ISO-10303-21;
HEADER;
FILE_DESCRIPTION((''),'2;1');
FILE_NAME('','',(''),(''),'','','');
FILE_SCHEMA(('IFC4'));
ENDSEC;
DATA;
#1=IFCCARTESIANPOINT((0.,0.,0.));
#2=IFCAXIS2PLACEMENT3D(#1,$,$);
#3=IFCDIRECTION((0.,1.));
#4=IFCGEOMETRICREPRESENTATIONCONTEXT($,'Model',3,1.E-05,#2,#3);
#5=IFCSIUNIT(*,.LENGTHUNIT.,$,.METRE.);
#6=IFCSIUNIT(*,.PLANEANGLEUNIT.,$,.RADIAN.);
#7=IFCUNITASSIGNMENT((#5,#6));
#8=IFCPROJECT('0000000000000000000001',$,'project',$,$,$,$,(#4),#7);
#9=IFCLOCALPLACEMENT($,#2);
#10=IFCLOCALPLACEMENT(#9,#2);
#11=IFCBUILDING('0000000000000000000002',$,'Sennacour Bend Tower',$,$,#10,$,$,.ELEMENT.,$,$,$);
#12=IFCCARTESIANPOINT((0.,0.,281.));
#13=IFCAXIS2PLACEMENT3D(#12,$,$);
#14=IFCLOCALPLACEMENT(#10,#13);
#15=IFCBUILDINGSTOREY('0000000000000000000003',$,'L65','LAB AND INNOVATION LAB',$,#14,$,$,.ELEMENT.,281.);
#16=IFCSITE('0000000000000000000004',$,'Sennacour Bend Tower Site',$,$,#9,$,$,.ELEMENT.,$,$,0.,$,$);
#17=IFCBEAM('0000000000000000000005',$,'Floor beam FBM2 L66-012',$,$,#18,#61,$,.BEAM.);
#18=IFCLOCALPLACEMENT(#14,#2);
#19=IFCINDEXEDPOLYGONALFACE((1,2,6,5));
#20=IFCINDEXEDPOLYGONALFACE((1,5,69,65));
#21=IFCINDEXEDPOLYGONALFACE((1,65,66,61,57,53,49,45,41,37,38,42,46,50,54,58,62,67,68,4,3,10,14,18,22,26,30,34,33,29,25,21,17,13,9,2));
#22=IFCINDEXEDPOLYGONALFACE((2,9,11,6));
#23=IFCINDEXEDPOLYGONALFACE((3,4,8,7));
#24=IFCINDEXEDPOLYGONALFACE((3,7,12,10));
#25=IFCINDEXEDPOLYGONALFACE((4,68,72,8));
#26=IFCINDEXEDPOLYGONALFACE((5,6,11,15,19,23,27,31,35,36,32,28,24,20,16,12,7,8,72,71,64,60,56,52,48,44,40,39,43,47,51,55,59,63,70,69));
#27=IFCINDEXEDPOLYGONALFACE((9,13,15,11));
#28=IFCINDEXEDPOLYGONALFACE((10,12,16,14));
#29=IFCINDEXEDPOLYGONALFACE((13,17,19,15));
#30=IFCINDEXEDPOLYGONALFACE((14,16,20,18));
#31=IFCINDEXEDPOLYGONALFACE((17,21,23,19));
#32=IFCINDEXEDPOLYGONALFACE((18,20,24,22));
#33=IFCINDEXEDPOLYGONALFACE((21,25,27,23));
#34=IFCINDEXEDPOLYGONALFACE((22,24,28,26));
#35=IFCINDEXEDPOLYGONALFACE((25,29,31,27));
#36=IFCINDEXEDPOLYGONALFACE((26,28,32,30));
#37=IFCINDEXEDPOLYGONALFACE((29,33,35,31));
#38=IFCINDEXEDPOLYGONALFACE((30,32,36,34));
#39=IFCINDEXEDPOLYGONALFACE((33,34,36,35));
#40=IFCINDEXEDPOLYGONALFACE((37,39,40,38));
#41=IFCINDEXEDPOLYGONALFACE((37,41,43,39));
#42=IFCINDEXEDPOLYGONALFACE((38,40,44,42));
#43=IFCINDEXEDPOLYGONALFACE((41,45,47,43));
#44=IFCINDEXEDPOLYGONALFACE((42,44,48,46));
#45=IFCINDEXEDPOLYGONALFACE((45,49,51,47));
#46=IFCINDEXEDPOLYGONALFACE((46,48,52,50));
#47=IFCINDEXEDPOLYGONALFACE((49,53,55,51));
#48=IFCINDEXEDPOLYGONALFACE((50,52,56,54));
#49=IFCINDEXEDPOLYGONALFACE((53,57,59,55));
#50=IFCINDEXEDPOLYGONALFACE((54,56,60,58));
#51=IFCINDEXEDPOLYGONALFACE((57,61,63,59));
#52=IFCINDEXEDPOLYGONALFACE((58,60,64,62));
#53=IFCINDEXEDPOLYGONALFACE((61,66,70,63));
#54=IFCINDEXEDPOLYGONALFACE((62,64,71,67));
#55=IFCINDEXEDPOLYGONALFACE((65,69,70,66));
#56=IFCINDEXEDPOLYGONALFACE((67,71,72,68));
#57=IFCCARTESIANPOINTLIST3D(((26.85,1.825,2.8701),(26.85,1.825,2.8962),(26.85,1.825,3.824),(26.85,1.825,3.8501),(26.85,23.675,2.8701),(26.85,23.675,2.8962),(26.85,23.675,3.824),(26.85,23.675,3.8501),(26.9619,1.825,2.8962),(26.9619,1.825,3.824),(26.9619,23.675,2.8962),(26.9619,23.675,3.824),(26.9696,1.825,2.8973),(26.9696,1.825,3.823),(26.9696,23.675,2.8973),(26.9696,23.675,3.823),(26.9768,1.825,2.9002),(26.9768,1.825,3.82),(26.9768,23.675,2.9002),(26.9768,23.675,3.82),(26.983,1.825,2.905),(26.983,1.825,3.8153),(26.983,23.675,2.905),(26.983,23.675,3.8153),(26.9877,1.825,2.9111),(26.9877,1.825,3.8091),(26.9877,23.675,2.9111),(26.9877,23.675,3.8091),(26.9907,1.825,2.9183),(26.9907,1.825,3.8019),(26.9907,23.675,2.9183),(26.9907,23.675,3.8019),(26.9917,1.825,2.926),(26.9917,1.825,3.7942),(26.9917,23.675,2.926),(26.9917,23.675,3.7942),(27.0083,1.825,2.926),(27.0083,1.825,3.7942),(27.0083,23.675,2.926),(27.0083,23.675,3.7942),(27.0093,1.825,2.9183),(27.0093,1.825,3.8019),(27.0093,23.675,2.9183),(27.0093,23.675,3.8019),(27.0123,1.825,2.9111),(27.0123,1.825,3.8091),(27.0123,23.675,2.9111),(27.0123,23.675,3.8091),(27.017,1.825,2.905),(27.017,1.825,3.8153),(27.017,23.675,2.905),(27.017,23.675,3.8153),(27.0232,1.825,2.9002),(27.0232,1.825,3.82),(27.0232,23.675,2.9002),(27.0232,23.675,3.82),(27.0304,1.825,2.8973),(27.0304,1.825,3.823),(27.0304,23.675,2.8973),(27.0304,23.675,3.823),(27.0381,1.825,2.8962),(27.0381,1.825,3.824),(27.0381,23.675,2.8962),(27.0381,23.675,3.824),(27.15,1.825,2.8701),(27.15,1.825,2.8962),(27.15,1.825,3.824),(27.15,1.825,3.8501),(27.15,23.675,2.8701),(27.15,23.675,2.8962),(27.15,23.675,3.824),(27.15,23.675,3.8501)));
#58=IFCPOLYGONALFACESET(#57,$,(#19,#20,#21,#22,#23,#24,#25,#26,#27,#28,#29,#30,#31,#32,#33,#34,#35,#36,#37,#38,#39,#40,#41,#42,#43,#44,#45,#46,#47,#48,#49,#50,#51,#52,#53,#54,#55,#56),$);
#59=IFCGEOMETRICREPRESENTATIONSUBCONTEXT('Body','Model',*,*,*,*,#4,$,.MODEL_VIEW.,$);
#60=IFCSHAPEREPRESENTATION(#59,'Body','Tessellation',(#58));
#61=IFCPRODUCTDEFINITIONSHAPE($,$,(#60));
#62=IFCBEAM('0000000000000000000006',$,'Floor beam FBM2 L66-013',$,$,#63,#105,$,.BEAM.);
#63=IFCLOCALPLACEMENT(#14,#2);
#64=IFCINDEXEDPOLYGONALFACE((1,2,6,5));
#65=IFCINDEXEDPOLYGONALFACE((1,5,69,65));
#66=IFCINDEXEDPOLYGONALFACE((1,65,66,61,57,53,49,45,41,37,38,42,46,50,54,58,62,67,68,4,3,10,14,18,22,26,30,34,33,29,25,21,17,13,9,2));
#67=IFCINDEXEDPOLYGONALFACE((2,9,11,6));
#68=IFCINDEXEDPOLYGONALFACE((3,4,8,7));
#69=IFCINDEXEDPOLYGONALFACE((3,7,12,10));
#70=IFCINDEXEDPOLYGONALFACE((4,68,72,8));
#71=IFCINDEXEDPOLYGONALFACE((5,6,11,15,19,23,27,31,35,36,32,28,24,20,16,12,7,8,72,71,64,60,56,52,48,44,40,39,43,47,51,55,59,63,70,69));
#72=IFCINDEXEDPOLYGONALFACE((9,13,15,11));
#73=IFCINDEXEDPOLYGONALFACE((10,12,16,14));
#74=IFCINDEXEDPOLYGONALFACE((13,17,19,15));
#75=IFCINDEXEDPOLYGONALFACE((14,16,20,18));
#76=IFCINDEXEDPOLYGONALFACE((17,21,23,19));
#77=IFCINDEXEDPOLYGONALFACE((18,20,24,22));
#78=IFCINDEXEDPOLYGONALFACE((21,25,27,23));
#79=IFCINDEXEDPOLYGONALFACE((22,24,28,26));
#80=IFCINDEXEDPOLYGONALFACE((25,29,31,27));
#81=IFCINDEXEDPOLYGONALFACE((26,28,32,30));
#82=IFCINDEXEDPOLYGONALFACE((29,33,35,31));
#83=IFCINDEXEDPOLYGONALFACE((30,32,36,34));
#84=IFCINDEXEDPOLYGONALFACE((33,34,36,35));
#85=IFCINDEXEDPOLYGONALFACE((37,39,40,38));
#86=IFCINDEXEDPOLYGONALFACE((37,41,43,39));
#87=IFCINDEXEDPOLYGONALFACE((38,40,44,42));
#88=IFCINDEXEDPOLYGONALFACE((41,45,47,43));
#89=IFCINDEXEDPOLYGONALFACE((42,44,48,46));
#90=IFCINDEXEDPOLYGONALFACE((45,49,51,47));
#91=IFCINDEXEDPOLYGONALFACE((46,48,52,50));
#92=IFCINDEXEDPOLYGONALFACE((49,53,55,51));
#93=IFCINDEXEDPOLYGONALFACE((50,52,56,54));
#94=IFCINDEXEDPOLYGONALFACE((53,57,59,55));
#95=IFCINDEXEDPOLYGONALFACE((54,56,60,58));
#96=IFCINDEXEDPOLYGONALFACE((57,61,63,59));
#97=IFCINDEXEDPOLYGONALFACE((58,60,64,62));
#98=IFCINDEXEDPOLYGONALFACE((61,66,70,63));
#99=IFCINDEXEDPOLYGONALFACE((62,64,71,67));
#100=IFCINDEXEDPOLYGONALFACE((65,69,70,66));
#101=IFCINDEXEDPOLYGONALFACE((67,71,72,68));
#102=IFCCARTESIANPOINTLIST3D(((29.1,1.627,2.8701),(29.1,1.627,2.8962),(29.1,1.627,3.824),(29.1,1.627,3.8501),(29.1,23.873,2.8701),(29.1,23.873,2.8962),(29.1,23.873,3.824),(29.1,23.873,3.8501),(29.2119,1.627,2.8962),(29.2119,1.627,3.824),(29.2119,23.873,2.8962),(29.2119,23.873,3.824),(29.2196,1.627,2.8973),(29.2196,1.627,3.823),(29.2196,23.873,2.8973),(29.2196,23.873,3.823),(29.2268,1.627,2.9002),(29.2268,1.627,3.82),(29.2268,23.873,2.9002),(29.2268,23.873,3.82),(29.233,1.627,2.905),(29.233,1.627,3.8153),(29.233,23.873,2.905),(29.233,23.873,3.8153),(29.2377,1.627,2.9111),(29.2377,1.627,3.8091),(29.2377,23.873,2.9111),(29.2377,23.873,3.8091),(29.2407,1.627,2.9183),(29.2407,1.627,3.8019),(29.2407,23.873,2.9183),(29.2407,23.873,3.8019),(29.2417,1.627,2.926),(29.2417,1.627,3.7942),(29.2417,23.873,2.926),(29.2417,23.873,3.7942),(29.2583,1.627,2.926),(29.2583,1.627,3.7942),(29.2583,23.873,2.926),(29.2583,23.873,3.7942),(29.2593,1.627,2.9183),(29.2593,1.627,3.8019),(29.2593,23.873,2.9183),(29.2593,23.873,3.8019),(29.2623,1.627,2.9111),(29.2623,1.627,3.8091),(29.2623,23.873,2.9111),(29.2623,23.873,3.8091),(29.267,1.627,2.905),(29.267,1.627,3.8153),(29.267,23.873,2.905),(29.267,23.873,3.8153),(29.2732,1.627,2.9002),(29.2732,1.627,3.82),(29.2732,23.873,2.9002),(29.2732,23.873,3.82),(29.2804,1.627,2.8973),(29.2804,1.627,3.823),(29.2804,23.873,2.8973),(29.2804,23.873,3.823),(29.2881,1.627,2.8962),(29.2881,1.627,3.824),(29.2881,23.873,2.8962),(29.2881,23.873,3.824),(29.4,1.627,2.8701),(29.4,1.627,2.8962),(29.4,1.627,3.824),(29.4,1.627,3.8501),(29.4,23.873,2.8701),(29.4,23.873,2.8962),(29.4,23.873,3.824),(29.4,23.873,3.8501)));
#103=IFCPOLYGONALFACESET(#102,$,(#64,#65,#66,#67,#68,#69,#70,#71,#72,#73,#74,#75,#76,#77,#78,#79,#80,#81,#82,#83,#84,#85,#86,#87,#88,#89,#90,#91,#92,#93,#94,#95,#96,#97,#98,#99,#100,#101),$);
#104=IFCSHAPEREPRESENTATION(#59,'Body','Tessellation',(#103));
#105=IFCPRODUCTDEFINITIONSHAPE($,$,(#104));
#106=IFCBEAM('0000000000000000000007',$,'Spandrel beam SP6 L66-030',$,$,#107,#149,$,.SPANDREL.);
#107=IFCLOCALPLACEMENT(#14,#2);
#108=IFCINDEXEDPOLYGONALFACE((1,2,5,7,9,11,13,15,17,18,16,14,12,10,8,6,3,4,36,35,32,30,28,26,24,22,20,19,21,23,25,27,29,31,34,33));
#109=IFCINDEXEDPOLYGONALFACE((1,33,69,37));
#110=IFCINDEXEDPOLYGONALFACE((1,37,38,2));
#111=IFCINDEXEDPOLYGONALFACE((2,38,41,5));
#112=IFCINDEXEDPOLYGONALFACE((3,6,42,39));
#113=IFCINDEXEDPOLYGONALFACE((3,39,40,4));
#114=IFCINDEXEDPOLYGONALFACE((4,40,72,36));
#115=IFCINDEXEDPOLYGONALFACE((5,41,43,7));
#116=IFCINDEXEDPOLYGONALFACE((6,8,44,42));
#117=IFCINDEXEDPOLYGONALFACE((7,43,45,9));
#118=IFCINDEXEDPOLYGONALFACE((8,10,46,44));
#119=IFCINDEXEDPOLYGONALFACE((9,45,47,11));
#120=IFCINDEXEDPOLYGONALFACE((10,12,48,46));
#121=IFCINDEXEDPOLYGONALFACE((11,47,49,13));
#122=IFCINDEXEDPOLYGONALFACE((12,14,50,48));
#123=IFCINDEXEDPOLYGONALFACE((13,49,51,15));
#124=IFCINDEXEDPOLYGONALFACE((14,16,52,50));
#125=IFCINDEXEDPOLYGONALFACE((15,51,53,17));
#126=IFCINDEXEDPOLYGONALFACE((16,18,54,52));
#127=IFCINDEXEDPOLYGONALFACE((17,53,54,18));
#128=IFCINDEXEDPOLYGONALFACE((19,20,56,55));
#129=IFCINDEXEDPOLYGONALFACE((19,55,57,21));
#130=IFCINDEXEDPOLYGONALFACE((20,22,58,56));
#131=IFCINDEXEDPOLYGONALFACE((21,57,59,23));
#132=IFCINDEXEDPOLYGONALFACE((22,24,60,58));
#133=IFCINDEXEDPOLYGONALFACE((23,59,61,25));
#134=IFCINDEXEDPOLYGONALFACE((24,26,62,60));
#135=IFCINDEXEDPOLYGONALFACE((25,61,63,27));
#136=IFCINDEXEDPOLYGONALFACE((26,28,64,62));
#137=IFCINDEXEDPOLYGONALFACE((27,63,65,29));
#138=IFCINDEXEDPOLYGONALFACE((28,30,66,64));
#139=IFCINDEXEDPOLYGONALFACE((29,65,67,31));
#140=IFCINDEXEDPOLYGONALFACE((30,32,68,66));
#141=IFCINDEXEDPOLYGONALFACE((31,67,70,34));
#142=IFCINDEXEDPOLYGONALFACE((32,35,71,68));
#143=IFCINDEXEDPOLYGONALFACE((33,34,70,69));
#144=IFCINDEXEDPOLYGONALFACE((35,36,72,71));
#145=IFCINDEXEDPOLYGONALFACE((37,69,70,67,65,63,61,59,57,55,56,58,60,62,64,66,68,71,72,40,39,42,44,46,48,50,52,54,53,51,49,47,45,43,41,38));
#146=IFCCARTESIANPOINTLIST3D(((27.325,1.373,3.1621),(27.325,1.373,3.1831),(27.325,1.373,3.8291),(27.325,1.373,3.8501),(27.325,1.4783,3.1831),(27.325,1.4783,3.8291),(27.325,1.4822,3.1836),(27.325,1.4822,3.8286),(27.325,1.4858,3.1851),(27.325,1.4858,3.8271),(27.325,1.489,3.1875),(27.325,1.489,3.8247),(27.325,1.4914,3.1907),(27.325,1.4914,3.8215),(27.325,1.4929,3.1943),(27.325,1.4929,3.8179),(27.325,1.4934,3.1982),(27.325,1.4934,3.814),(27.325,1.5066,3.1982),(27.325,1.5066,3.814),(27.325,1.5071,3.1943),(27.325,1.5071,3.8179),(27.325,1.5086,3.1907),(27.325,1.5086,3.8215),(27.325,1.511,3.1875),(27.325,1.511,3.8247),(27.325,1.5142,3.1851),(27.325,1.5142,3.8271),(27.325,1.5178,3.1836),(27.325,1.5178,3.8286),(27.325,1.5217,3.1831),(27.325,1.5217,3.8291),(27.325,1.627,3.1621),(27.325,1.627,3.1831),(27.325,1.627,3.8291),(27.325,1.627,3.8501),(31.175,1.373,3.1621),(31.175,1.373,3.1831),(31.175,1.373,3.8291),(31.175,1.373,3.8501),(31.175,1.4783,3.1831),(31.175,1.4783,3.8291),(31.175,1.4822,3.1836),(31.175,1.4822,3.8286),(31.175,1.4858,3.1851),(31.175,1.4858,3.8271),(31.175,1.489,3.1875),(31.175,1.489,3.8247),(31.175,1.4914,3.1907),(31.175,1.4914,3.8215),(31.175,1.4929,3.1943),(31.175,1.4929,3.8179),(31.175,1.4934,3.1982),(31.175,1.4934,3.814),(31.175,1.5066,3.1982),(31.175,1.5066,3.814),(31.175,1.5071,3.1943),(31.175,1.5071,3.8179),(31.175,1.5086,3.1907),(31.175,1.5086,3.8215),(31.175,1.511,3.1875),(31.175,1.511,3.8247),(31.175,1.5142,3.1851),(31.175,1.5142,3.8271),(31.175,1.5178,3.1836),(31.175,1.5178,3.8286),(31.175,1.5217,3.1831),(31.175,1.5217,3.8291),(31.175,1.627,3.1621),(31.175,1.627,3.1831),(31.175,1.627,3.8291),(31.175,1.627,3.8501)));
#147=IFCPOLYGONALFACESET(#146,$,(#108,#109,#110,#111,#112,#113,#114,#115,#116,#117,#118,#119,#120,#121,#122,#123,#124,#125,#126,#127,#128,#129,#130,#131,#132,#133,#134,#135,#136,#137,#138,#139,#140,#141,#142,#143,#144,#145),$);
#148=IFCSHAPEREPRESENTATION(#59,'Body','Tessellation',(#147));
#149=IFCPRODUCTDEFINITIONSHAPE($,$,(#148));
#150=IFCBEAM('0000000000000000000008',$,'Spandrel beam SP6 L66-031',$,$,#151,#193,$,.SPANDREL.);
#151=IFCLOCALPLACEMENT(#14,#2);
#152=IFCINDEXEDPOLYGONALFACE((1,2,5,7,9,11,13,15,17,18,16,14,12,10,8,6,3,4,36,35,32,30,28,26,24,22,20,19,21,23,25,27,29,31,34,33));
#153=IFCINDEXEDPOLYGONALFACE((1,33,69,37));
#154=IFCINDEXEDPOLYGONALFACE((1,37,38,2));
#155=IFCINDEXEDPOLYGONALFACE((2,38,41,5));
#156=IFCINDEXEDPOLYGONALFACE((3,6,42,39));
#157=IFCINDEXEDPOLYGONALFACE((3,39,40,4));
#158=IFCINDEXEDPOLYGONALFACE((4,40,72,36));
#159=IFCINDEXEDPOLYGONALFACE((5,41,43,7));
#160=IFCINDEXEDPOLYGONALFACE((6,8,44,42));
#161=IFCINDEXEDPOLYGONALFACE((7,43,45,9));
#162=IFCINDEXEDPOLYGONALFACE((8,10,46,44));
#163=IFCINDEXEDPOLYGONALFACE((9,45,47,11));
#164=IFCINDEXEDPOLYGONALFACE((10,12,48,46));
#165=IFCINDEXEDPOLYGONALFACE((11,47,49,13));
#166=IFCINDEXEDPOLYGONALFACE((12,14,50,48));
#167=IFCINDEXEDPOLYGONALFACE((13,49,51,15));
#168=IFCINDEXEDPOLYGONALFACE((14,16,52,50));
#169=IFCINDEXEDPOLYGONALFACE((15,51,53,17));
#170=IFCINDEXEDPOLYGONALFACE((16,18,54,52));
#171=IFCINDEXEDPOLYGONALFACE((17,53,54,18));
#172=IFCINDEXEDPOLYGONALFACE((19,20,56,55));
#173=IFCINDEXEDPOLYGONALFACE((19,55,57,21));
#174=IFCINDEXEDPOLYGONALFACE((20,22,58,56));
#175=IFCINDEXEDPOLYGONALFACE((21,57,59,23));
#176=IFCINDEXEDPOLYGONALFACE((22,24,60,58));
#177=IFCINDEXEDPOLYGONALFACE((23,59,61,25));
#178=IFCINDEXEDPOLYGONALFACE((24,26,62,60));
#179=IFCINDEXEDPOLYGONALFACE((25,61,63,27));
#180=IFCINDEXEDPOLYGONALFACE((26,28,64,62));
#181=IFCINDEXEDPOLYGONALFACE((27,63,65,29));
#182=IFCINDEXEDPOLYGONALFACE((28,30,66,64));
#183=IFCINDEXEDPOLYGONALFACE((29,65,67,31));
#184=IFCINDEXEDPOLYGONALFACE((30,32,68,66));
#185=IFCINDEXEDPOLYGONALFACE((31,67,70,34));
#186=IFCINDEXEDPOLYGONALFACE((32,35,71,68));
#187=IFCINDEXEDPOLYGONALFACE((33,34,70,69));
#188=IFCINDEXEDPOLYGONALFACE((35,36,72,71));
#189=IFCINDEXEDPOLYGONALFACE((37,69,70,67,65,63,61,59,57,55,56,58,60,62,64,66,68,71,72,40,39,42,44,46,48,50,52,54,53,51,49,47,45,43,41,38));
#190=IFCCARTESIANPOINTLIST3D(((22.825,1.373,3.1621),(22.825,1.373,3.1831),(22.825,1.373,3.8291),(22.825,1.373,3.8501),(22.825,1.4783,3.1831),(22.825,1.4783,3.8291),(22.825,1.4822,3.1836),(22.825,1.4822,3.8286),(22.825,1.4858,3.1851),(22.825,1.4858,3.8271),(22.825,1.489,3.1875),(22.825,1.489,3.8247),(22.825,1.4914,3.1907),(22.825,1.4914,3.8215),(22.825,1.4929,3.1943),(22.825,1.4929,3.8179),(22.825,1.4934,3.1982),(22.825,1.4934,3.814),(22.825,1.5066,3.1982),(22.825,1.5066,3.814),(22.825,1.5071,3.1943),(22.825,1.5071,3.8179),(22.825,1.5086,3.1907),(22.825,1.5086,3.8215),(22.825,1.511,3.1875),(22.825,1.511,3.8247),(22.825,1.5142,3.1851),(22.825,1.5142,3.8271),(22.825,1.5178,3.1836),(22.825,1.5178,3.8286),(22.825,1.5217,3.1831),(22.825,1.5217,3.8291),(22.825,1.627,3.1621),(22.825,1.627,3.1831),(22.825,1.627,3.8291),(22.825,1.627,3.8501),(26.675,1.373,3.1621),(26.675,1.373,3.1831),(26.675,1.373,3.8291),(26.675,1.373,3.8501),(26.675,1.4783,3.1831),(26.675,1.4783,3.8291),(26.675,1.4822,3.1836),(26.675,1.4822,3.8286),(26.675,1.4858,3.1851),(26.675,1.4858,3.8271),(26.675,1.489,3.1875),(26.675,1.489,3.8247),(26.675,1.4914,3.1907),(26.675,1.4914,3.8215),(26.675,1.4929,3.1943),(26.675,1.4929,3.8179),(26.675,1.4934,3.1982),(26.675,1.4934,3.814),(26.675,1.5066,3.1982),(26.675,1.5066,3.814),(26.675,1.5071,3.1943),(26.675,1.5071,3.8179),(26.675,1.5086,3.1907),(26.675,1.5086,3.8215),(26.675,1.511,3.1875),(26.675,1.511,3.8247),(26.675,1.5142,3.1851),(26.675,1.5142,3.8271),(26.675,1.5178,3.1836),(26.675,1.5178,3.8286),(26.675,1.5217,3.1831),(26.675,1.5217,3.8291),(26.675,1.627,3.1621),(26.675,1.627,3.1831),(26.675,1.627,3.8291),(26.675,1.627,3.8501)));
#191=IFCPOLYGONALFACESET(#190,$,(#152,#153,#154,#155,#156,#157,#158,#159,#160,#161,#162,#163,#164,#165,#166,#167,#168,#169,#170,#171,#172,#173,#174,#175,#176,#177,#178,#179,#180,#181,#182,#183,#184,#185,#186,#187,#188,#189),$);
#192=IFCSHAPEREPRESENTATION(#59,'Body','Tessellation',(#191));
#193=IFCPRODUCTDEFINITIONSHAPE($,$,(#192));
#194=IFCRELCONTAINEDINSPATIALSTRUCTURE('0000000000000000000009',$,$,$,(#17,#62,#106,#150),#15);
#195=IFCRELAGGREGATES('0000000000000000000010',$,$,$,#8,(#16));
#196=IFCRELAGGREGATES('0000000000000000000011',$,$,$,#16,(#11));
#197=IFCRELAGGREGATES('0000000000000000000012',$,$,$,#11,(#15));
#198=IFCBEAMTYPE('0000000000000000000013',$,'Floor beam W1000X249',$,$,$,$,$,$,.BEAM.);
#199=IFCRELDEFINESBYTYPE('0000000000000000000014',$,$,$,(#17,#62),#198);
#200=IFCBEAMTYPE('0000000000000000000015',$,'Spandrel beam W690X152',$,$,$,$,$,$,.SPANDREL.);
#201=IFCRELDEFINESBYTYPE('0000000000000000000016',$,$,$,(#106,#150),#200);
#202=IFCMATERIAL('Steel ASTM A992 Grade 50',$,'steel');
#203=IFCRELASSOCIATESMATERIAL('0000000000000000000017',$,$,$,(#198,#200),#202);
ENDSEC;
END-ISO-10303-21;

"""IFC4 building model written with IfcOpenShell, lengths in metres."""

from ifc_helpers import new_model, si_unit, direction, frame, origin, origin_2d, place, context, subcontext, project, spatial, i_section, extrude, material, material_profile, profile_set, type_object, element, save


model = new_model("IFC4")

# Units and contexts
model_context = context("Model", 3, precision=1e-05, world=origin(), true_north=direction((0.0, 1.0)))
body_context = subcontext(model_context, "Body", "Model", "MODEL_VIEW")
ifc_project = project(units=[si_unit("LENGTHUNIT", "METRE"), si_unit("PLANEANGLEUNIT", "RADIAN")], contexts=[model_context])

# Site, building, storey
site_placement = place(None, origin())
site = spatial("IfcSite", under=ifc_project, at=site_placement, Name="Sennacour Bend Tower Site", CompositionType="ELEMENT", RefElevation=0.0)
building_placement = place(site_placement, origin())
building = spatial("IfcBuilding", under=site, at=building_placement, Name="Sennacour Bend Tower", CompositionType="ELEMENT")
storey_placement = place(building_placement, frame((0.0, 0.0, 281.0)))
storey = spatial("IfcBuildingStorey", under=building, at=storey_placement, Name="L65", Description="LAB AND INNOVATION LAB", CompositionType="ELEMENT", Elevation=281.0)

# Beams
ifc_material_1 = material(Name="Steel ASTM A992 Grade 50", Category="steel")
ifc_material_profile_1 = material_profile(ifc_material_1, i_section(OverallWidth=0.3, OverallDepth=0.98, WebThickness=0.0166, FlangeThickness=0.0261, FilletRadius=0.0298, at=origin_2d()), Name="Steel ASTM A992 Grade 50", Category="steel")
ifc_profile_set_1 = profile_set([ifc_material_profile_1], Name="Steel ASTM A992 Grade 50")
beam_type_1 = type_object("IfcBeamType", Name="Floor beam W1000X249", PredefinedType="BEAM", material=ifc_profile_set_1)
beam_1_placement = place(storey_placement, frame((27.0, 1.825, 3.3601), z_axis=(0.0, 1.0, 0.0), x_axis=(-1.0, 0.0, 0.0)))
element("IfcBeam", 1, at=beam_1_placement, inside=storey, type_object=beam_type_1, Name="Floor beam FBM2 L66-012", PredefinedType="BEAM", context=body_context, shape_type="SweptSolid", body=[
    extrude(i_section(OverallWidth=0.3, OverallDepth=0.98, WebThickness=0.0166, FlangeThickness=0.0261, FilletRadius=0.0298, at=origin_2d()), origin(), (0.0, 0.0, 1.0), 21.8501),
])
beam_2_placement = place(storey_placement, frame((29.25, 1.627, 3.3601), z_axis=(0.0, 1.0, 0.0), x_axis=(-1.0, 0.0, 0.0)))
element("IfcBeam", 2, at=beam_2_placement, inside=storey, type_object=beam_type_1, Name="Floor beam FBM2 L66-013", PredefinedType="BEAM", context=body_context, shape_type="SweptSolid", body=[
    extrude(i_section(OverallWidth=0.3, OverallDepth=0.98, WebThickness=0.0166, FlangeThickness=0.0261, FilletRadius=0.0298, at=origin_2d()), origin(), (0.0, 0.0, 1.0), 22.2461),
])
ifc_material_profile_2 = material_profile(ifc_material_1, i_section(OverallWidth=0.2539, OverallDepth=0.688, WebThickness=0.0132, FlangeThickness=0.021, FilletRadius=0.0151, at=origin_2d()), Name="Steel ASTM A992 Grade 50", Category="steel")
ifc_profile_set_2 = profile_set([ifc_material_profile_2], Name="Steel ASTM A992 Grade 50")
beam_type_2 = type_object("IfcBeamType", Name="Spandrel beam W690X152", PredefinedType="SPANDREL", material=ifc_profile_set_2)
for number, where, z_axis, x_axis, name in (
    (3, (31.175, 1.5, 3.5061), (-1.0, 0.0, 0.0), (0.0, -1.0, 0.0), "Spandrel beam SP6 L66-030"),
    (4, (26.675, 1.5, 3.5061), (-1.0, 0.0, 0.0), (0.0, -1.0, 0.0), "Spandrel beam SP6 L66-031"),
):
    element("IfcBeam", number, at=place(storey_placement, frame(where, z_axis=z_axis, x_axis=x_axis)), inside=storey, type_object=beam_type_2, Name=name, PredefinedType="SPANDREL", context=body_context, shape_type="SweptSolid", body=[
        extrude(i_section(OverallWidth=0.2539, OverallDepth=0.688, WebThickness=0.0132, FlangeThickness=0.021, FilletRadius=0.0151, at=origin_2d()), origin(), (0.0, 0.0, 1.0), 3.8501),
    ])

save(model, "model.ifc")
